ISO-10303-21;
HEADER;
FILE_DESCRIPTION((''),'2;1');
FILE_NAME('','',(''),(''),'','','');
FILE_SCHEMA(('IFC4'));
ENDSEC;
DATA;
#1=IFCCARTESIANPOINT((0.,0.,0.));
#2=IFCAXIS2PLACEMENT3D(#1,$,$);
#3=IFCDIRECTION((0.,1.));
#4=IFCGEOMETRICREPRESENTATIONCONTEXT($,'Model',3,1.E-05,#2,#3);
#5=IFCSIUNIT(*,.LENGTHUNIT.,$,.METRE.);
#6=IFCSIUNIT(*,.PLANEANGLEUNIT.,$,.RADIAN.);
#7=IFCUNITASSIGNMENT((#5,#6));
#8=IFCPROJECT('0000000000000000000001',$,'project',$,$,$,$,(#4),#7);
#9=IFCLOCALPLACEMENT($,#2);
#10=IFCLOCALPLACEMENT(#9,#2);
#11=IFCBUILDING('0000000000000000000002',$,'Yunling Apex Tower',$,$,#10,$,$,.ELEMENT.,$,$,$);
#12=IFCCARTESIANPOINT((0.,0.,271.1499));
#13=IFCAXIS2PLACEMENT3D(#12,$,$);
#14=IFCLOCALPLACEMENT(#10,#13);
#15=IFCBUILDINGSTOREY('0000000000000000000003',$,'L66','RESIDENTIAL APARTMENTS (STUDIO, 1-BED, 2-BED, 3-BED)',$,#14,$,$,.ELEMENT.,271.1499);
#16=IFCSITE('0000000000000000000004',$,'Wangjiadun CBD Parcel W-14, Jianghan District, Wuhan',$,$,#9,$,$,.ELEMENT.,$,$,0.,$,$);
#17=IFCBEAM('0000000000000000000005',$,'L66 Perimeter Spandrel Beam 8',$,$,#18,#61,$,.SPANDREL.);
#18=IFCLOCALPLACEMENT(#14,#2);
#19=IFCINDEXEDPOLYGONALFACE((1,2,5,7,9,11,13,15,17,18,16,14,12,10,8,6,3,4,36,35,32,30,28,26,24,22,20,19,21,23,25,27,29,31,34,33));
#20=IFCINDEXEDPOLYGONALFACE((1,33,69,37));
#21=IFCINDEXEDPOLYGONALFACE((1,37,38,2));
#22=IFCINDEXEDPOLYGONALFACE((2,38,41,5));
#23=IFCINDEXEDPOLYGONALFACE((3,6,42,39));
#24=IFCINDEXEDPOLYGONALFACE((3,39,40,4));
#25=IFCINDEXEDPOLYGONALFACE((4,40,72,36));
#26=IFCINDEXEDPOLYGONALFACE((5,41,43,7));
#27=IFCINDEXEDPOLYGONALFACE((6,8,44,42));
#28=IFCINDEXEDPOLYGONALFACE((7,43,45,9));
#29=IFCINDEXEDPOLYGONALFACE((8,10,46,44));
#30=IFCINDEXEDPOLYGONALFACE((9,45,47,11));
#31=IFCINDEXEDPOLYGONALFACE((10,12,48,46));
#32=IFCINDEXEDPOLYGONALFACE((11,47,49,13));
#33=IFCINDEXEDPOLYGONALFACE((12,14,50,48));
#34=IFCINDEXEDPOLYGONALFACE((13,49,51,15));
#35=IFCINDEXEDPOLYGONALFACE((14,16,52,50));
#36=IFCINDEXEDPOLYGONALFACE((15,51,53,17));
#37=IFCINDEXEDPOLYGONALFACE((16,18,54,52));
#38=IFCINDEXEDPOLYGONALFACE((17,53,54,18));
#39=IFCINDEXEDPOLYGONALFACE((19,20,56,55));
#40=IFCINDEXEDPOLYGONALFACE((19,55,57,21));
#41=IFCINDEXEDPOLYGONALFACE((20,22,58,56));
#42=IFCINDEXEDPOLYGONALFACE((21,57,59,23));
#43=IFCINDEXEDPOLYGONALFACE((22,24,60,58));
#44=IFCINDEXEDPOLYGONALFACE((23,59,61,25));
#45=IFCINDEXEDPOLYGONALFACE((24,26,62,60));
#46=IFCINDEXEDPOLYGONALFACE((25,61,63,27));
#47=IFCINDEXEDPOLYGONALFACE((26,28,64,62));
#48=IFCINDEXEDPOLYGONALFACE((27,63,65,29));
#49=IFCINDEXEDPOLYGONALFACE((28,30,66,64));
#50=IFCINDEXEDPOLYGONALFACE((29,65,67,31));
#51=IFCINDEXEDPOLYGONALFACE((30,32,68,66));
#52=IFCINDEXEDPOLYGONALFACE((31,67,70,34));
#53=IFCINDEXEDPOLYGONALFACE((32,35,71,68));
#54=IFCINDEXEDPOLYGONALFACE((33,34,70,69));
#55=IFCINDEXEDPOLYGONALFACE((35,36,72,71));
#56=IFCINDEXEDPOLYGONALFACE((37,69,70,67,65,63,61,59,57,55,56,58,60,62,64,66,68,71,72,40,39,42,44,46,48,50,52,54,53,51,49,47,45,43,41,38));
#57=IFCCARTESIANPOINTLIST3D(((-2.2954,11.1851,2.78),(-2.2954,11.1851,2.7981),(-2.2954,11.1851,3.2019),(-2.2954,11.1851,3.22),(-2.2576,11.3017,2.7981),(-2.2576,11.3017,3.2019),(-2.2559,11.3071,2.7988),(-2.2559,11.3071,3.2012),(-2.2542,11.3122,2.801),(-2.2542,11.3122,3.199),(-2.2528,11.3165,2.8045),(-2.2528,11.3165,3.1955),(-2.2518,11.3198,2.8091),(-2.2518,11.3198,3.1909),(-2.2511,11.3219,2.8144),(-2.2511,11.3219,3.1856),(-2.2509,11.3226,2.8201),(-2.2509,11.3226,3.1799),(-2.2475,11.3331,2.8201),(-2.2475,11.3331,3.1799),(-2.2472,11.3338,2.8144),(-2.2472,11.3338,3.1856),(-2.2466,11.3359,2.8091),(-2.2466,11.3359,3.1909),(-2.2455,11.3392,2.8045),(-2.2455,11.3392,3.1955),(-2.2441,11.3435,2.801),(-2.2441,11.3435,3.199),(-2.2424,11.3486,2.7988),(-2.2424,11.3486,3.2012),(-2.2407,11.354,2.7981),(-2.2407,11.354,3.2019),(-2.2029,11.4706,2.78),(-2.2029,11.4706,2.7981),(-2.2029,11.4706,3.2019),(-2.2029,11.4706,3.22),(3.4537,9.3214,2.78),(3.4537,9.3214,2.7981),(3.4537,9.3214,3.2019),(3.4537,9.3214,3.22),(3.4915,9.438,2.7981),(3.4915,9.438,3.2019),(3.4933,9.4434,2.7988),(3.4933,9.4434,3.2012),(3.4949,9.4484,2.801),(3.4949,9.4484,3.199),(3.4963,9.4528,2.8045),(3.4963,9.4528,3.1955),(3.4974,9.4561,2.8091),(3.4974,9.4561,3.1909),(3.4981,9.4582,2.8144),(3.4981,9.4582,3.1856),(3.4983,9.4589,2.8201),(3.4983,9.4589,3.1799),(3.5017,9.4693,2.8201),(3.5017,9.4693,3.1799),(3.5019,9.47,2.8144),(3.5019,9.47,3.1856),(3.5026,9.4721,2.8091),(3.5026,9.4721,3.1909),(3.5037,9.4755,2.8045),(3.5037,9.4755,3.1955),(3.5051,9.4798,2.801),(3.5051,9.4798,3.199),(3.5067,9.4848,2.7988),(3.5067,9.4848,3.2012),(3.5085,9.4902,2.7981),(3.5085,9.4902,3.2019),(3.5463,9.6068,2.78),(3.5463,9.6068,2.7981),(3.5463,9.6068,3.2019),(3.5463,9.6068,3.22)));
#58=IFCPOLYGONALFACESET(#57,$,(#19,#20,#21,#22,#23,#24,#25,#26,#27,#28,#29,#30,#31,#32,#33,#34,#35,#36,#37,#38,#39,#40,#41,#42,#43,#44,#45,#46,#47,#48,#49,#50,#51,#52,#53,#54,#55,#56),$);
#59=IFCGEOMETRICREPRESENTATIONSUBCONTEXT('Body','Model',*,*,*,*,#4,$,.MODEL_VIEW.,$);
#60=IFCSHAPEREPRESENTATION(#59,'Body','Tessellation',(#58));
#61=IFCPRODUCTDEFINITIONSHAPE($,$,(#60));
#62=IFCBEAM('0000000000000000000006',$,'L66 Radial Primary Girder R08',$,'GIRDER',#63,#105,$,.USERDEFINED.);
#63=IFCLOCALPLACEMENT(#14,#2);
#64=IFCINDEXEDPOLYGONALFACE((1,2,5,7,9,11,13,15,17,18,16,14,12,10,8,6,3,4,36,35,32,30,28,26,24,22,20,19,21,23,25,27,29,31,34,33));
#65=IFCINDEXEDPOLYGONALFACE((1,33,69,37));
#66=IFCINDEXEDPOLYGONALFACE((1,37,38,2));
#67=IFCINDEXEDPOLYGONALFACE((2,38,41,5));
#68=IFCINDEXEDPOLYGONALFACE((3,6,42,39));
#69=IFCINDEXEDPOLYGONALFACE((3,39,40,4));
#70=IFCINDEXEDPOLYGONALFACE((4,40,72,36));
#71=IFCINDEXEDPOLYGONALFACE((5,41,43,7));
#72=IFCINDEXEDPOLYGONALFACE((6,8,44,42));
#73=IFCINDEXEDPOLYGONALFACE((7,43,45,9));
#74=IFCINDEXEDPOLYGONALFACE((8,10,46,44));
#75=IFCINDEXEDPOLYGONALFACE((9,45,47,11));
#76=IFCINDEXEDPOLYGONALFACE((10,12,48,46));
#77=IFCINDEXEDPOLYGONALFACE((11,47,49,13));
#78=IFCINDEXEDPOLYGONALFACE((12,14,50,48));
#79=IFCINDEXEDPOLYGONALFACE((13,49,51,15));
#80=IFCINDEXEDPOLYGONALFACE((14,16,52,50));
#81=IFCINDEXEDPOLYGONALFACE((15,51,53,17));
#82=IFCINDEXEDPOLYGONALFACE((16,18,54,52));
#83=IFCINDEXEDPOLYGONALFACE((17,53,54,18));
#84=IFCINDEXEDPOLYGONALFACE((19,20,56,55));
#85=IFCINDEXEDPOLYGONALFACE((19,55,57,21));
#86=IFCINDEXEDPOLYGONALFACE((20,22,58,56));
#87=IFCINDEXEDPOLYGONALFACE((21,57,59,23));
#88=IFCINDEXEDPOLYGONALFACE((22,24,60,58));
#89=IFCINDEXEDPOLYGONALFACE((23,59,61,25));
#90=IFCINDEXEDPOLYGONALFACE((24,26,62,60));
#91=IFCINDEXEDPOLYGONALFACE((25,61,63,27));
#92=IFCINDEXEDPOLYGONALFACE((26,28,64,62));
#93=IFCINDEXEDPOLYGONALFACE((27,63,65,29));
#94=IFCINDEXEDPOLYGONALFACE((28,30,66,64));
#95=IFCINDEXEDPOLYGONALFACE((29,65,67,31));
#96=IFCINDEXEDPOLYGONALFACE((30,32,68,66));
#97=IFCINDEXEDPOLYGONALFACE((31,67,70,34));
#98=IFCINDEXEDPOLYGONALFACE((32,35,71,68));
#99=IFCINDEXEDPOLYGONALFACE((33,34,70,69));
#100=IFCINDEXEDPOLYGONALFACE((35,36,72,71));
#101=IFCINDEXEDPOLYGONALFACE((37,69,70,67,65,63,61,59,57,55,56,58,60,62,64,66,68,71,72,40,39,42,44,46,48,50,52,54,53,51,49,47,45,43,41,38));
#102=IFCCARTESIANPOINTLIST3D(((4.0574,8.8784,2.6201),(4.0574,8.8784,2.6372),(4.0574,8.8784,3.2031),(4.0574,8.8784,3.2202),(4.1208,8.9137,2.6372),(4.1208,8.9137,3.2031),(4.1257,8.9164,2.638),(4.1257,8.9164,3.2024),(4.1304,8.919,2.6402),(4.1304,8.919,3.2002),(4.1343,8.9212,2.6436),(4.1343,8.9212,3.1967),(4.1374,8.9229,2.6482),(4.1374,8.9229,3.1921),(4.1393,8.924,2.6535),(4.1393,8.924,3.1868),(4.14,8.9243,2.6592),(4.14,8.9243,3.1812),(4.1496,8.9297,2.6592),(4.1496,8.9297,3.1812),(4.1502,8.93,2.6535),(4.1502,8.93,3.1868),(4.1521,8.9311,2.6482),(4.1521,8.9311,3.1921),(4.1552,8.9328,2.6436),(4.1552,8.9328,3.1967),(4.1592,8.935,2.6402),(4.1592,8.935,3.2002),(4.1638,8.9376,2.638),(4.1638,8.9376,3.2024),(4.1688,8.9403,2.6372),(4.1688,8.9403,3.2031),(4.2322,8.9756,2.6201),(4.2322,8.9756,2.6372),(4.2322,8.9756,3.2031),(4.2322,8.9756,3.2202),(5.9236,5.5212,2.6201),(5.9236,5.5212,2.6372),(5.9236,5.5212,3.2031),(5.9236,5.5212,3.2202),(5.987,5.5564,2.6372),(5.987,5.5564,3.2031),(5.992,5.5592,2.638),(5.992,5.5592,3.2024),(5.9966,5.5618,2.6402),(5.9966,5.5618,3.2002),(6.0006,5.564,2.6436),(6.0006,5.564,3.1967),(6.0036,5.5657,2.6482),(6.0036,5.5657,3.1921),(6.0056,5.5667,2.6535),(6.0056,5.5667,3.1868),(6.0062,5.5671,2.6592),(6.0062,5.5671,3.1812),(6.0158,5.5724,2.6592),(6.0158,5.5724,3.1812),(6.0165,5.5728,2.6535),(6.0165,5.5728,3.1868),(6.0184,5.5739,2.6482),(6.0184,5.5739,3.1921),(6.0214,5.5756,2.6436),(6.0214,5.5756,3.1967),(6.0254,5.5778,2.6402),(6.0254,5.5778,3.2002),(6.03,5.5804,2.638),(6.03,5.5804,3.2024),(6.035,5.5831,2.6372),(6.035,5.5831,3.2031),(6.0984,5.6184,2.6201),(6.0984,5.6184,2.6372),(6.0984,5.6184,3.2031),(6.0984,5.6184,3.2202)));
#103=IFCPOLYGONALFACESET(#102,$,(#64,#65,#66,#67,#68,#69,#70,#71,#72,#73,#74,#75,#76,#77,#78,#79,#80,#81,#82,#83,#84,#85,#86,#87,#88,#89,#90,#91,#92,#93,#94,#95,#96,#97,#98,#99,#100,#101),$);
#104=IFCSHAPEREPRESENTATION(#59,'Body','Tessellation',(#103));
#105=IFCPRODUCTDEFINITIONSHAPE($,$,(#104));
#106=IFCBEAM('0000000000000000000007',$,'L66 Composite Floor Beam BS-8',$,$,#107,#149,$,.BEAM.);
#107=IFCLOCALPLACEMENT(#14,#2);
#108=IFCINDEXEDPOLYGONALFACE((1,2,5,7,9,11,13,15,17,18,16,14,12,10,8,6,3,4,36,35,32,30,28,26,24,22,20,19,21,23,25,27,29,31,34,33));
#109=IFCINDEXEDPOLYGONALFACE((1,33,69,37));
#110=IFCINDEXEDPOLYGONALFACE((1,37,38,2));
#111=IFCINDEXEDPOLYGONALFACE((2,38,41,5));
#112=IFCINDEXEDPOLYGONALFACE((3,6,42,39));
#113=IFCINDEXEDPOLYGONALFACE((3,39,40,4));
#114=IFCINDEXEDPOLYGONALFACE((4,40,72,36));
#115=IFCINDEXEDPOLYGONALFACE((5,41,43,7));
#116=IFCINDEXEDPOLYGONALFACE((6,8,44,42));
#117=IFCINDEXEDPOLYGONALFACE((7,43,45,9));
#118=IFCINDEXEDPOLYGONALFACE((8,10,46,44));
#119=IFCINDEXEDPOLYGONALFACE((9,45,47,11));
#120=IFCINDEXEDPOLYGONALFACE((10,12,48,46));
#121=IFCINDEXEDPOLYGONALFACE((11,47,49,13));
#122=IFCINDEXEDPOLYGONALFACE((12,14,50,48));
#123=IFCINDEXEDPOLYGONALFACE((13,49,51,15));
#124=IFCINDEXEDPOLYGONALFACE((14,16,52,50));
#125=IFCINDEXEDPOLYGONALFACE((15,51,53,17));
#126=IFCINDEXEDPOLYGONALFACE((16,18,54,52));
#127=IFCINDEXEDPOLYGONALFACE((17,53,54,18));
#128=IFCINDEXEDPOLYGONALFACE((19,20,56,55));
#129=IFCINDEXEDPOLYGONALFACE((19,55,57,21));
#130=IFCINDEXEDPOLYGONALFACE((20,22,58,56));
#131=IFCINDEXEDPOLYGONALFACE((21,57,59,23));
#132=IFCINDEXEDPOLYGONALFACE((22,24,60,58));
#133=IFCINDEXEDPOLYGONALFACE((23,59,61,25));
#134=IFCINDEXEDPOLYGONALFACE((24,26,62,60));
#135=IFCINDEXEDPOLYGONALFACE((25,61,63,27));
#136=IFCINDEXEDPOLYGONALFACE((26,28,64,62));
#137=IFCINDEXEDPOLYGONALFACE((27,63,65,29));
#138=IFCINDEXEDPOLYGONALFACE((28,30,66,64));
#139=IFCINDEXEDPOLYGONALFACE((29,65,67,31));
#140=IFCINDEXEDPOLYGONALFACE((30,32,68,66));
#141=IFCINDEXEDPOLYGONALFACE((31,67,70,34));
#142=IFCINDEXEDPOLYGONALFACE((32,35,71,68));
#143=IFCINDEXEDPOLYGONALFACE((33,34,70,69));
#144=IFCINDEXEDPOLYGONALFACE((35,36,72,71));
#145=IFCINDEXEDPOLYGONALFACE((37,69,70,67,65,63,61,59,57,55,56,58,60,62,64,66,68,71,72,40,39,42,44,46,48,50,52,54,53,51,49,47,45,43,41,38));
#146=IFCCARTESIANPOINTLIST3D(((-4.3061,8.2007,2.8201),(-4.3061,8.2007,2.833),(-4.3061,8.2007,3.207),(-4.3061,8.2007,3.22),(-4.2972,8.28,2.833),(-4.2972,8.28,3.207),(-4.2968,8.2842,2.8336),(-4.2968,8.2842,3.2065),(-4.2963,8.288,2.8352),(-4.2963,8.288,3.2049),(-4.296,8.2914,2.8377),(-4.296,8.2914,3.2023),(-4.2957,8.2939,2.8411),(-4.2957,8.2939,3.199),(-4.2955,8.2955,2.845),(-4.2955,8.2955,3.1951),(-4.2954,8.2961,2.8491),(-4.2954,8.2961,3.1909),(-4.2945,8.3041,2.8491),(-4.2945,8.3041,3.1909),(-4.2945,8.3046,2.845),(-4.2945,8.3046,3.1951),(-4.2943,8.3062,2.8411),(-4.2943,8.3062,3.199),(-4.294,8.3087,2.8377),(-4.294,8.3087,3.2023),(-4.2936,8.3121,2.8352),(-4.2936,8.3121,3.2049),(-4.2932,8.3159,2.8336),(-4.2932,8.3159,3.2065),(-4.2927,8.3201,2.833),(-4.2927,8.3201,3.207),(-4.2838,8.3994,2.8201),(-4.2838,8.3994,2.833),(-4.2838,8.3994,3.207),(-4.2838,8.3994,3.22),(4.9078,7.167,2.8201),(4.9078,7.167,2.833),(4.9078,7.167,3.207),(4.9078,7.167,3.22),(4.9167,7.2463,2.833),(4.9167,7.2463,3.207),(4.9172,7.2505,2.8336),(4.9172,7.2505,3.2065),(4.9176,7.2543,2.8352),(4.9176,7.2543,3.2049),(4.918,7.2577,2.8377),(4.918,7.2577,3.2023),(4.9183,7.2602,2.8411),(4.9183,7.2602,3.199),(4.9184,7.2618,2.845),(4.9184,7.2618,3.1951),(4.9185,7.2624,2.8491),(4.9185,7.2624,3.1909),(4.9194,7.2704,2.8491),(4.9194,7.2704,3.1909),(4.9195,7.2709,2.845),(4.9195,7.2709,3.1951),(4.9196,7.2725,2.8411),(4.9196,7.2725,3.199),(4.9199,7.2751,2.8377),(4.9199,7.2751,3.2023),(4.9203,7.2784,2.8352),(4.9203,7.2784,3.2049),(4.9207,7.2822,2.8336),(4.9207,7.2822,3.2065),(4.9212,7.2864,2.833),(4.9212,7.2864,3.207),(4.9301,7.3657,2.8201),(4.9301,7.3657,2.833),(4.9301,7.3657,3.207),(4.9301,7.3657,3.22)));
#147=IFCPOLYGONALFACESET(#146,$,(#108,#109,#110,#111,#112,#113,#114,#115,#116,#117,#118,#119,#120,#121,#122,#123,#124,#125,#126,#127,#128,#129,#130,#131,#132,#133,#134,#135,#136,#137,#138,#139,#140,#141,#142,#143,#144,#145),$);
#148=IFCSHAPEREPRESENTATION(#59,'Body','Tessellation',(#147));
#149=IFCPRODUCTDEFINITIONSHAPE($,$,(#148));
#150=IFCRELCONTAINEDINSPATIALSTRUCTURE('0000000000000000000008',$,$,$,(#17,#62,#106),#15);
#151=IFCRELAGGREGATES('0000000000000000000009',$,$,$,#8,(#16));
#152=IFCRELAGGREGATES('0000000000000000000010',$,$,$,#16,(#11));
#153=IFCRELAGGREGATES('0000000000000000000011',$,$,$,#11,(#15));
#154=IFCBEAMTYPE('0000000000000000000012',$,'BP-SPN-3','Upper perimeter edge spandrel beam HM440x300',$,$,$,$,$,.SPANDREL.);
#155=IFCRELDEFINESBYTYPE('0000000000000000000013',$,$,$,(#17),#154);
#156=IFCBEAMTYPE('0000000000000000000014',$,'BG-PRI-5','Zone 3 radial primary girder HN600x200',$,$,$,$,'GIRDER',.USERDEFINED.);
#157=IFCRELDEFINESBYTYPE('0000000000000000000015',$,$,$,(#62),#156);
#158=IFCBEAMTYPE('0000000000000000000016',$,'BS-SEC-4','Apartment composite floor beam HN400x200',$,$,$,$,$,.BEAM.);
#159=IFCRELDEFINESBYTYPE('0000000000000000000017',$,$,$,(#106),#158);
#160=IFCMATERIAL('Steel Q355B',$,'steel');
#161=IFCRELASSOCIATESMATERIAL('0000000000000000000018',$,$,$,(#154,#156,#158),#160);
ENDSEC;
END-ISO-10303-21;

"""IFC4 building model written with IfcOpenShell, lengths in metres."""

from ifc_helpers import new_model, si_unit, direction, frame, origin, origin_2d, place, context, subcontext, project, spatial, i_section, extrude, source, transform, mapped, material, material_profile, profile_set, type_object, element, save


model = new_model("IFC4")

# Units and contexts
model_context = context("Model", 3, precision=1e-05, world=origin(), true_north=direction((0.0, 1.0)))
body_context = subcontext(model_context, "Body", "Model", "MODEL_VIEW")
ifc_project = project(units=[si_unit("LENGTHUNIT", "METRE"), si_unit("PLANEANGLEUNIT", "RADIAN")], contexts=[model_context])

# Site, building, storey
site_placement = place(None, origin())
site = spatial("IfcSite", under=ifc_project, at=site_placement, Name="Wangjiadun CBD Parcel W-14, Jianghan District, Wuhan", CompositionType="ELEMENT", RefElevation=0.0)
building_placement = place(site_placement, origin())
building = spatial("IfcBuilding", under=site, at=building_placement, Name="Yunling Apex Tower", CompositionType="ELEMENT")
storey_placement = place(building_placement, frame((0.0, 0.0, 271.1499)))
storey = spatial("IfcBuildingStorey", under=building, at=storey_placement, Name="L66", Description="RESIDENTIAL APARTMENTS (STUDIO, 1-BED, 2-BED, 3-BED)", CompositionType="ELEMENT", Elevation=271.1499)

# Shared definitions
ifc_material_1 = material(Name="Steel Q355B", Category="steel")

# Beams
ifc_material_profile_1 = material_profile(ifc_material_1, i_section(OverallWidth=0.3, OverallDepth=0.4399, WebThickness=0.011, FlangeThickness=0.0181, FilletRadius=0.022, at=origin_2d()))
ifc_profile_set_1 = profile_set([ifc_material_profile_1], Name="Steel Q355B")
beam_type_1 = type_object("IfcBeamType", Name="BP-SPN-3", Description="Upper perimeter edge spandrel beam HM440x300", PredefinedType="SPANDREL", material=ifc_profile_set_1)
shared_shape_1 = source(origin(), body_context, "Body", "SweptSolid", [
    extrude(i_section(OverallWidth=0.3, OverallDepth=0.4399, WebThickness=0.011, FlangeThickness=0.0181, FilletRadius=0.022, at=origin_2d()), origin(), (0.0, 0.0, 1.0), 6.0437),
])
beam_1_placement = place(storey_placement, frame((3.5, 9.4641, 3.0), z_axis=(-0.951264, 0.308376, 0.0), x_axis=(-0.308376, -0.951264, 0.0)))
element("IfcBeam", 1, at=beam_1_placement, inside=storey, type_object=beam_type_1, Name="L66 Perimeter Spandrel Beam 8", PredefinedType="SPANDREL", context=body_context, shape_type="MappedRepresentation", body=[
    mapped(shared_shape_1, transform((0.0, 0.0, 0.0), scale=1.0)),
])
ifc_material_profile_2 = material_profile(ifc_material_1, i_section(OverallWidth=0.2, OverallDepth=0.6001, WebThickness=0.011, FlangeThickness=0.0171, FilletRadius=0.022, at=origin_2d()))
ifc_profile_set_2 = profile_set([ifc_material_profile_2], Name="Steel Q355B")
beam_type_2 = type_object("IfcBeamType", Name="BG-PRI-5", Description="Zone 3 radial primary girder HN600x200", ElementType="GIRDER", PredefinedType="USERDEFINED", material=ifc_profile_set_2)
shared_shape_2 = source(origin(), body_context, "Body", "SweptSolid", [
    extrude(i_section(OverallWidth=0.2, OverallDepth=0.6001, WebThickness=0.011, FlangeThickness=0.0171, FilletRadius=0.022, at=origin_2d()), origin(), (0.0, 0.0, 1.0), 3.8411),
])
beam_2_placement = place(storey_placement, frame((4.1448, 8.927, 2.9202), z_axis=(0.485864, -0.874034, 0.0), x_axis=(0.874034, 0.485864, 0.0)))
element("IfcBeam", 2, at=beam_2_placement, inside=storey, type_object=beam_type_2, Name="L66 Radial Primary Girder R08", ObjectType="GIRDER", PredefinedType="USERDEFINED", context=body_context, shape_type="MappedRepresentation", body=[
    mapped(shared_shape_2, transform((0.0, 0.0, 0.0), scale=1.0)),
])
ifc_material_profile_3 = material_profile(ifc_material_1, i_section(OverallWidth=0.2, OverallDepth=0.3999, WebThickness=0.0081, FlangeThickness=0.0129, FilletRadius=0.0161, at=origin_2d()))
ifc_profile_set_3 = profile_set([ifc_material_profile_3], Name="Steel Q355B")
beam_type_3 = type_object("IfcBeamType", Name="BS-SEC-4", Description="Apartment composite floor beam HN400x200", PredefinedType="BEAM", material=ifc_profile_set_3)
shared_shape_3 = source(origin(), body_context, "Body", "SweptSolid", [
    extrude(i_section(OverallWidth=0.2, OverallDepth=0.3999, WebThickness=0.0081, FlangeThickness=0.0129, FilletRadius=0.0161, at=origin_2d()), origin(), (0.0, 0.0, 1.0), 9.2717),
])
beam_3_placement = place(storey_placement, frame((4.9189, 7.2664, 3.02), z_axis=(-0.993766, 0.111489, 0.0), x_axis=(-0.111489, -0.993766, 0.0)))
element("IfcBeam", 3, at=beam_3_placement, inside=storey, type_object=beam_type_3, Name="L66 Composite Floor Beam BS-8", PredefinedType="BEAM", context=body_context, shape_type="MappedRepresentation", body=[
    mapped(shared_shape_3, transform((0.0, 0.0, 0.0), scale=1.0)),
])

save(model, "model.ifc")
